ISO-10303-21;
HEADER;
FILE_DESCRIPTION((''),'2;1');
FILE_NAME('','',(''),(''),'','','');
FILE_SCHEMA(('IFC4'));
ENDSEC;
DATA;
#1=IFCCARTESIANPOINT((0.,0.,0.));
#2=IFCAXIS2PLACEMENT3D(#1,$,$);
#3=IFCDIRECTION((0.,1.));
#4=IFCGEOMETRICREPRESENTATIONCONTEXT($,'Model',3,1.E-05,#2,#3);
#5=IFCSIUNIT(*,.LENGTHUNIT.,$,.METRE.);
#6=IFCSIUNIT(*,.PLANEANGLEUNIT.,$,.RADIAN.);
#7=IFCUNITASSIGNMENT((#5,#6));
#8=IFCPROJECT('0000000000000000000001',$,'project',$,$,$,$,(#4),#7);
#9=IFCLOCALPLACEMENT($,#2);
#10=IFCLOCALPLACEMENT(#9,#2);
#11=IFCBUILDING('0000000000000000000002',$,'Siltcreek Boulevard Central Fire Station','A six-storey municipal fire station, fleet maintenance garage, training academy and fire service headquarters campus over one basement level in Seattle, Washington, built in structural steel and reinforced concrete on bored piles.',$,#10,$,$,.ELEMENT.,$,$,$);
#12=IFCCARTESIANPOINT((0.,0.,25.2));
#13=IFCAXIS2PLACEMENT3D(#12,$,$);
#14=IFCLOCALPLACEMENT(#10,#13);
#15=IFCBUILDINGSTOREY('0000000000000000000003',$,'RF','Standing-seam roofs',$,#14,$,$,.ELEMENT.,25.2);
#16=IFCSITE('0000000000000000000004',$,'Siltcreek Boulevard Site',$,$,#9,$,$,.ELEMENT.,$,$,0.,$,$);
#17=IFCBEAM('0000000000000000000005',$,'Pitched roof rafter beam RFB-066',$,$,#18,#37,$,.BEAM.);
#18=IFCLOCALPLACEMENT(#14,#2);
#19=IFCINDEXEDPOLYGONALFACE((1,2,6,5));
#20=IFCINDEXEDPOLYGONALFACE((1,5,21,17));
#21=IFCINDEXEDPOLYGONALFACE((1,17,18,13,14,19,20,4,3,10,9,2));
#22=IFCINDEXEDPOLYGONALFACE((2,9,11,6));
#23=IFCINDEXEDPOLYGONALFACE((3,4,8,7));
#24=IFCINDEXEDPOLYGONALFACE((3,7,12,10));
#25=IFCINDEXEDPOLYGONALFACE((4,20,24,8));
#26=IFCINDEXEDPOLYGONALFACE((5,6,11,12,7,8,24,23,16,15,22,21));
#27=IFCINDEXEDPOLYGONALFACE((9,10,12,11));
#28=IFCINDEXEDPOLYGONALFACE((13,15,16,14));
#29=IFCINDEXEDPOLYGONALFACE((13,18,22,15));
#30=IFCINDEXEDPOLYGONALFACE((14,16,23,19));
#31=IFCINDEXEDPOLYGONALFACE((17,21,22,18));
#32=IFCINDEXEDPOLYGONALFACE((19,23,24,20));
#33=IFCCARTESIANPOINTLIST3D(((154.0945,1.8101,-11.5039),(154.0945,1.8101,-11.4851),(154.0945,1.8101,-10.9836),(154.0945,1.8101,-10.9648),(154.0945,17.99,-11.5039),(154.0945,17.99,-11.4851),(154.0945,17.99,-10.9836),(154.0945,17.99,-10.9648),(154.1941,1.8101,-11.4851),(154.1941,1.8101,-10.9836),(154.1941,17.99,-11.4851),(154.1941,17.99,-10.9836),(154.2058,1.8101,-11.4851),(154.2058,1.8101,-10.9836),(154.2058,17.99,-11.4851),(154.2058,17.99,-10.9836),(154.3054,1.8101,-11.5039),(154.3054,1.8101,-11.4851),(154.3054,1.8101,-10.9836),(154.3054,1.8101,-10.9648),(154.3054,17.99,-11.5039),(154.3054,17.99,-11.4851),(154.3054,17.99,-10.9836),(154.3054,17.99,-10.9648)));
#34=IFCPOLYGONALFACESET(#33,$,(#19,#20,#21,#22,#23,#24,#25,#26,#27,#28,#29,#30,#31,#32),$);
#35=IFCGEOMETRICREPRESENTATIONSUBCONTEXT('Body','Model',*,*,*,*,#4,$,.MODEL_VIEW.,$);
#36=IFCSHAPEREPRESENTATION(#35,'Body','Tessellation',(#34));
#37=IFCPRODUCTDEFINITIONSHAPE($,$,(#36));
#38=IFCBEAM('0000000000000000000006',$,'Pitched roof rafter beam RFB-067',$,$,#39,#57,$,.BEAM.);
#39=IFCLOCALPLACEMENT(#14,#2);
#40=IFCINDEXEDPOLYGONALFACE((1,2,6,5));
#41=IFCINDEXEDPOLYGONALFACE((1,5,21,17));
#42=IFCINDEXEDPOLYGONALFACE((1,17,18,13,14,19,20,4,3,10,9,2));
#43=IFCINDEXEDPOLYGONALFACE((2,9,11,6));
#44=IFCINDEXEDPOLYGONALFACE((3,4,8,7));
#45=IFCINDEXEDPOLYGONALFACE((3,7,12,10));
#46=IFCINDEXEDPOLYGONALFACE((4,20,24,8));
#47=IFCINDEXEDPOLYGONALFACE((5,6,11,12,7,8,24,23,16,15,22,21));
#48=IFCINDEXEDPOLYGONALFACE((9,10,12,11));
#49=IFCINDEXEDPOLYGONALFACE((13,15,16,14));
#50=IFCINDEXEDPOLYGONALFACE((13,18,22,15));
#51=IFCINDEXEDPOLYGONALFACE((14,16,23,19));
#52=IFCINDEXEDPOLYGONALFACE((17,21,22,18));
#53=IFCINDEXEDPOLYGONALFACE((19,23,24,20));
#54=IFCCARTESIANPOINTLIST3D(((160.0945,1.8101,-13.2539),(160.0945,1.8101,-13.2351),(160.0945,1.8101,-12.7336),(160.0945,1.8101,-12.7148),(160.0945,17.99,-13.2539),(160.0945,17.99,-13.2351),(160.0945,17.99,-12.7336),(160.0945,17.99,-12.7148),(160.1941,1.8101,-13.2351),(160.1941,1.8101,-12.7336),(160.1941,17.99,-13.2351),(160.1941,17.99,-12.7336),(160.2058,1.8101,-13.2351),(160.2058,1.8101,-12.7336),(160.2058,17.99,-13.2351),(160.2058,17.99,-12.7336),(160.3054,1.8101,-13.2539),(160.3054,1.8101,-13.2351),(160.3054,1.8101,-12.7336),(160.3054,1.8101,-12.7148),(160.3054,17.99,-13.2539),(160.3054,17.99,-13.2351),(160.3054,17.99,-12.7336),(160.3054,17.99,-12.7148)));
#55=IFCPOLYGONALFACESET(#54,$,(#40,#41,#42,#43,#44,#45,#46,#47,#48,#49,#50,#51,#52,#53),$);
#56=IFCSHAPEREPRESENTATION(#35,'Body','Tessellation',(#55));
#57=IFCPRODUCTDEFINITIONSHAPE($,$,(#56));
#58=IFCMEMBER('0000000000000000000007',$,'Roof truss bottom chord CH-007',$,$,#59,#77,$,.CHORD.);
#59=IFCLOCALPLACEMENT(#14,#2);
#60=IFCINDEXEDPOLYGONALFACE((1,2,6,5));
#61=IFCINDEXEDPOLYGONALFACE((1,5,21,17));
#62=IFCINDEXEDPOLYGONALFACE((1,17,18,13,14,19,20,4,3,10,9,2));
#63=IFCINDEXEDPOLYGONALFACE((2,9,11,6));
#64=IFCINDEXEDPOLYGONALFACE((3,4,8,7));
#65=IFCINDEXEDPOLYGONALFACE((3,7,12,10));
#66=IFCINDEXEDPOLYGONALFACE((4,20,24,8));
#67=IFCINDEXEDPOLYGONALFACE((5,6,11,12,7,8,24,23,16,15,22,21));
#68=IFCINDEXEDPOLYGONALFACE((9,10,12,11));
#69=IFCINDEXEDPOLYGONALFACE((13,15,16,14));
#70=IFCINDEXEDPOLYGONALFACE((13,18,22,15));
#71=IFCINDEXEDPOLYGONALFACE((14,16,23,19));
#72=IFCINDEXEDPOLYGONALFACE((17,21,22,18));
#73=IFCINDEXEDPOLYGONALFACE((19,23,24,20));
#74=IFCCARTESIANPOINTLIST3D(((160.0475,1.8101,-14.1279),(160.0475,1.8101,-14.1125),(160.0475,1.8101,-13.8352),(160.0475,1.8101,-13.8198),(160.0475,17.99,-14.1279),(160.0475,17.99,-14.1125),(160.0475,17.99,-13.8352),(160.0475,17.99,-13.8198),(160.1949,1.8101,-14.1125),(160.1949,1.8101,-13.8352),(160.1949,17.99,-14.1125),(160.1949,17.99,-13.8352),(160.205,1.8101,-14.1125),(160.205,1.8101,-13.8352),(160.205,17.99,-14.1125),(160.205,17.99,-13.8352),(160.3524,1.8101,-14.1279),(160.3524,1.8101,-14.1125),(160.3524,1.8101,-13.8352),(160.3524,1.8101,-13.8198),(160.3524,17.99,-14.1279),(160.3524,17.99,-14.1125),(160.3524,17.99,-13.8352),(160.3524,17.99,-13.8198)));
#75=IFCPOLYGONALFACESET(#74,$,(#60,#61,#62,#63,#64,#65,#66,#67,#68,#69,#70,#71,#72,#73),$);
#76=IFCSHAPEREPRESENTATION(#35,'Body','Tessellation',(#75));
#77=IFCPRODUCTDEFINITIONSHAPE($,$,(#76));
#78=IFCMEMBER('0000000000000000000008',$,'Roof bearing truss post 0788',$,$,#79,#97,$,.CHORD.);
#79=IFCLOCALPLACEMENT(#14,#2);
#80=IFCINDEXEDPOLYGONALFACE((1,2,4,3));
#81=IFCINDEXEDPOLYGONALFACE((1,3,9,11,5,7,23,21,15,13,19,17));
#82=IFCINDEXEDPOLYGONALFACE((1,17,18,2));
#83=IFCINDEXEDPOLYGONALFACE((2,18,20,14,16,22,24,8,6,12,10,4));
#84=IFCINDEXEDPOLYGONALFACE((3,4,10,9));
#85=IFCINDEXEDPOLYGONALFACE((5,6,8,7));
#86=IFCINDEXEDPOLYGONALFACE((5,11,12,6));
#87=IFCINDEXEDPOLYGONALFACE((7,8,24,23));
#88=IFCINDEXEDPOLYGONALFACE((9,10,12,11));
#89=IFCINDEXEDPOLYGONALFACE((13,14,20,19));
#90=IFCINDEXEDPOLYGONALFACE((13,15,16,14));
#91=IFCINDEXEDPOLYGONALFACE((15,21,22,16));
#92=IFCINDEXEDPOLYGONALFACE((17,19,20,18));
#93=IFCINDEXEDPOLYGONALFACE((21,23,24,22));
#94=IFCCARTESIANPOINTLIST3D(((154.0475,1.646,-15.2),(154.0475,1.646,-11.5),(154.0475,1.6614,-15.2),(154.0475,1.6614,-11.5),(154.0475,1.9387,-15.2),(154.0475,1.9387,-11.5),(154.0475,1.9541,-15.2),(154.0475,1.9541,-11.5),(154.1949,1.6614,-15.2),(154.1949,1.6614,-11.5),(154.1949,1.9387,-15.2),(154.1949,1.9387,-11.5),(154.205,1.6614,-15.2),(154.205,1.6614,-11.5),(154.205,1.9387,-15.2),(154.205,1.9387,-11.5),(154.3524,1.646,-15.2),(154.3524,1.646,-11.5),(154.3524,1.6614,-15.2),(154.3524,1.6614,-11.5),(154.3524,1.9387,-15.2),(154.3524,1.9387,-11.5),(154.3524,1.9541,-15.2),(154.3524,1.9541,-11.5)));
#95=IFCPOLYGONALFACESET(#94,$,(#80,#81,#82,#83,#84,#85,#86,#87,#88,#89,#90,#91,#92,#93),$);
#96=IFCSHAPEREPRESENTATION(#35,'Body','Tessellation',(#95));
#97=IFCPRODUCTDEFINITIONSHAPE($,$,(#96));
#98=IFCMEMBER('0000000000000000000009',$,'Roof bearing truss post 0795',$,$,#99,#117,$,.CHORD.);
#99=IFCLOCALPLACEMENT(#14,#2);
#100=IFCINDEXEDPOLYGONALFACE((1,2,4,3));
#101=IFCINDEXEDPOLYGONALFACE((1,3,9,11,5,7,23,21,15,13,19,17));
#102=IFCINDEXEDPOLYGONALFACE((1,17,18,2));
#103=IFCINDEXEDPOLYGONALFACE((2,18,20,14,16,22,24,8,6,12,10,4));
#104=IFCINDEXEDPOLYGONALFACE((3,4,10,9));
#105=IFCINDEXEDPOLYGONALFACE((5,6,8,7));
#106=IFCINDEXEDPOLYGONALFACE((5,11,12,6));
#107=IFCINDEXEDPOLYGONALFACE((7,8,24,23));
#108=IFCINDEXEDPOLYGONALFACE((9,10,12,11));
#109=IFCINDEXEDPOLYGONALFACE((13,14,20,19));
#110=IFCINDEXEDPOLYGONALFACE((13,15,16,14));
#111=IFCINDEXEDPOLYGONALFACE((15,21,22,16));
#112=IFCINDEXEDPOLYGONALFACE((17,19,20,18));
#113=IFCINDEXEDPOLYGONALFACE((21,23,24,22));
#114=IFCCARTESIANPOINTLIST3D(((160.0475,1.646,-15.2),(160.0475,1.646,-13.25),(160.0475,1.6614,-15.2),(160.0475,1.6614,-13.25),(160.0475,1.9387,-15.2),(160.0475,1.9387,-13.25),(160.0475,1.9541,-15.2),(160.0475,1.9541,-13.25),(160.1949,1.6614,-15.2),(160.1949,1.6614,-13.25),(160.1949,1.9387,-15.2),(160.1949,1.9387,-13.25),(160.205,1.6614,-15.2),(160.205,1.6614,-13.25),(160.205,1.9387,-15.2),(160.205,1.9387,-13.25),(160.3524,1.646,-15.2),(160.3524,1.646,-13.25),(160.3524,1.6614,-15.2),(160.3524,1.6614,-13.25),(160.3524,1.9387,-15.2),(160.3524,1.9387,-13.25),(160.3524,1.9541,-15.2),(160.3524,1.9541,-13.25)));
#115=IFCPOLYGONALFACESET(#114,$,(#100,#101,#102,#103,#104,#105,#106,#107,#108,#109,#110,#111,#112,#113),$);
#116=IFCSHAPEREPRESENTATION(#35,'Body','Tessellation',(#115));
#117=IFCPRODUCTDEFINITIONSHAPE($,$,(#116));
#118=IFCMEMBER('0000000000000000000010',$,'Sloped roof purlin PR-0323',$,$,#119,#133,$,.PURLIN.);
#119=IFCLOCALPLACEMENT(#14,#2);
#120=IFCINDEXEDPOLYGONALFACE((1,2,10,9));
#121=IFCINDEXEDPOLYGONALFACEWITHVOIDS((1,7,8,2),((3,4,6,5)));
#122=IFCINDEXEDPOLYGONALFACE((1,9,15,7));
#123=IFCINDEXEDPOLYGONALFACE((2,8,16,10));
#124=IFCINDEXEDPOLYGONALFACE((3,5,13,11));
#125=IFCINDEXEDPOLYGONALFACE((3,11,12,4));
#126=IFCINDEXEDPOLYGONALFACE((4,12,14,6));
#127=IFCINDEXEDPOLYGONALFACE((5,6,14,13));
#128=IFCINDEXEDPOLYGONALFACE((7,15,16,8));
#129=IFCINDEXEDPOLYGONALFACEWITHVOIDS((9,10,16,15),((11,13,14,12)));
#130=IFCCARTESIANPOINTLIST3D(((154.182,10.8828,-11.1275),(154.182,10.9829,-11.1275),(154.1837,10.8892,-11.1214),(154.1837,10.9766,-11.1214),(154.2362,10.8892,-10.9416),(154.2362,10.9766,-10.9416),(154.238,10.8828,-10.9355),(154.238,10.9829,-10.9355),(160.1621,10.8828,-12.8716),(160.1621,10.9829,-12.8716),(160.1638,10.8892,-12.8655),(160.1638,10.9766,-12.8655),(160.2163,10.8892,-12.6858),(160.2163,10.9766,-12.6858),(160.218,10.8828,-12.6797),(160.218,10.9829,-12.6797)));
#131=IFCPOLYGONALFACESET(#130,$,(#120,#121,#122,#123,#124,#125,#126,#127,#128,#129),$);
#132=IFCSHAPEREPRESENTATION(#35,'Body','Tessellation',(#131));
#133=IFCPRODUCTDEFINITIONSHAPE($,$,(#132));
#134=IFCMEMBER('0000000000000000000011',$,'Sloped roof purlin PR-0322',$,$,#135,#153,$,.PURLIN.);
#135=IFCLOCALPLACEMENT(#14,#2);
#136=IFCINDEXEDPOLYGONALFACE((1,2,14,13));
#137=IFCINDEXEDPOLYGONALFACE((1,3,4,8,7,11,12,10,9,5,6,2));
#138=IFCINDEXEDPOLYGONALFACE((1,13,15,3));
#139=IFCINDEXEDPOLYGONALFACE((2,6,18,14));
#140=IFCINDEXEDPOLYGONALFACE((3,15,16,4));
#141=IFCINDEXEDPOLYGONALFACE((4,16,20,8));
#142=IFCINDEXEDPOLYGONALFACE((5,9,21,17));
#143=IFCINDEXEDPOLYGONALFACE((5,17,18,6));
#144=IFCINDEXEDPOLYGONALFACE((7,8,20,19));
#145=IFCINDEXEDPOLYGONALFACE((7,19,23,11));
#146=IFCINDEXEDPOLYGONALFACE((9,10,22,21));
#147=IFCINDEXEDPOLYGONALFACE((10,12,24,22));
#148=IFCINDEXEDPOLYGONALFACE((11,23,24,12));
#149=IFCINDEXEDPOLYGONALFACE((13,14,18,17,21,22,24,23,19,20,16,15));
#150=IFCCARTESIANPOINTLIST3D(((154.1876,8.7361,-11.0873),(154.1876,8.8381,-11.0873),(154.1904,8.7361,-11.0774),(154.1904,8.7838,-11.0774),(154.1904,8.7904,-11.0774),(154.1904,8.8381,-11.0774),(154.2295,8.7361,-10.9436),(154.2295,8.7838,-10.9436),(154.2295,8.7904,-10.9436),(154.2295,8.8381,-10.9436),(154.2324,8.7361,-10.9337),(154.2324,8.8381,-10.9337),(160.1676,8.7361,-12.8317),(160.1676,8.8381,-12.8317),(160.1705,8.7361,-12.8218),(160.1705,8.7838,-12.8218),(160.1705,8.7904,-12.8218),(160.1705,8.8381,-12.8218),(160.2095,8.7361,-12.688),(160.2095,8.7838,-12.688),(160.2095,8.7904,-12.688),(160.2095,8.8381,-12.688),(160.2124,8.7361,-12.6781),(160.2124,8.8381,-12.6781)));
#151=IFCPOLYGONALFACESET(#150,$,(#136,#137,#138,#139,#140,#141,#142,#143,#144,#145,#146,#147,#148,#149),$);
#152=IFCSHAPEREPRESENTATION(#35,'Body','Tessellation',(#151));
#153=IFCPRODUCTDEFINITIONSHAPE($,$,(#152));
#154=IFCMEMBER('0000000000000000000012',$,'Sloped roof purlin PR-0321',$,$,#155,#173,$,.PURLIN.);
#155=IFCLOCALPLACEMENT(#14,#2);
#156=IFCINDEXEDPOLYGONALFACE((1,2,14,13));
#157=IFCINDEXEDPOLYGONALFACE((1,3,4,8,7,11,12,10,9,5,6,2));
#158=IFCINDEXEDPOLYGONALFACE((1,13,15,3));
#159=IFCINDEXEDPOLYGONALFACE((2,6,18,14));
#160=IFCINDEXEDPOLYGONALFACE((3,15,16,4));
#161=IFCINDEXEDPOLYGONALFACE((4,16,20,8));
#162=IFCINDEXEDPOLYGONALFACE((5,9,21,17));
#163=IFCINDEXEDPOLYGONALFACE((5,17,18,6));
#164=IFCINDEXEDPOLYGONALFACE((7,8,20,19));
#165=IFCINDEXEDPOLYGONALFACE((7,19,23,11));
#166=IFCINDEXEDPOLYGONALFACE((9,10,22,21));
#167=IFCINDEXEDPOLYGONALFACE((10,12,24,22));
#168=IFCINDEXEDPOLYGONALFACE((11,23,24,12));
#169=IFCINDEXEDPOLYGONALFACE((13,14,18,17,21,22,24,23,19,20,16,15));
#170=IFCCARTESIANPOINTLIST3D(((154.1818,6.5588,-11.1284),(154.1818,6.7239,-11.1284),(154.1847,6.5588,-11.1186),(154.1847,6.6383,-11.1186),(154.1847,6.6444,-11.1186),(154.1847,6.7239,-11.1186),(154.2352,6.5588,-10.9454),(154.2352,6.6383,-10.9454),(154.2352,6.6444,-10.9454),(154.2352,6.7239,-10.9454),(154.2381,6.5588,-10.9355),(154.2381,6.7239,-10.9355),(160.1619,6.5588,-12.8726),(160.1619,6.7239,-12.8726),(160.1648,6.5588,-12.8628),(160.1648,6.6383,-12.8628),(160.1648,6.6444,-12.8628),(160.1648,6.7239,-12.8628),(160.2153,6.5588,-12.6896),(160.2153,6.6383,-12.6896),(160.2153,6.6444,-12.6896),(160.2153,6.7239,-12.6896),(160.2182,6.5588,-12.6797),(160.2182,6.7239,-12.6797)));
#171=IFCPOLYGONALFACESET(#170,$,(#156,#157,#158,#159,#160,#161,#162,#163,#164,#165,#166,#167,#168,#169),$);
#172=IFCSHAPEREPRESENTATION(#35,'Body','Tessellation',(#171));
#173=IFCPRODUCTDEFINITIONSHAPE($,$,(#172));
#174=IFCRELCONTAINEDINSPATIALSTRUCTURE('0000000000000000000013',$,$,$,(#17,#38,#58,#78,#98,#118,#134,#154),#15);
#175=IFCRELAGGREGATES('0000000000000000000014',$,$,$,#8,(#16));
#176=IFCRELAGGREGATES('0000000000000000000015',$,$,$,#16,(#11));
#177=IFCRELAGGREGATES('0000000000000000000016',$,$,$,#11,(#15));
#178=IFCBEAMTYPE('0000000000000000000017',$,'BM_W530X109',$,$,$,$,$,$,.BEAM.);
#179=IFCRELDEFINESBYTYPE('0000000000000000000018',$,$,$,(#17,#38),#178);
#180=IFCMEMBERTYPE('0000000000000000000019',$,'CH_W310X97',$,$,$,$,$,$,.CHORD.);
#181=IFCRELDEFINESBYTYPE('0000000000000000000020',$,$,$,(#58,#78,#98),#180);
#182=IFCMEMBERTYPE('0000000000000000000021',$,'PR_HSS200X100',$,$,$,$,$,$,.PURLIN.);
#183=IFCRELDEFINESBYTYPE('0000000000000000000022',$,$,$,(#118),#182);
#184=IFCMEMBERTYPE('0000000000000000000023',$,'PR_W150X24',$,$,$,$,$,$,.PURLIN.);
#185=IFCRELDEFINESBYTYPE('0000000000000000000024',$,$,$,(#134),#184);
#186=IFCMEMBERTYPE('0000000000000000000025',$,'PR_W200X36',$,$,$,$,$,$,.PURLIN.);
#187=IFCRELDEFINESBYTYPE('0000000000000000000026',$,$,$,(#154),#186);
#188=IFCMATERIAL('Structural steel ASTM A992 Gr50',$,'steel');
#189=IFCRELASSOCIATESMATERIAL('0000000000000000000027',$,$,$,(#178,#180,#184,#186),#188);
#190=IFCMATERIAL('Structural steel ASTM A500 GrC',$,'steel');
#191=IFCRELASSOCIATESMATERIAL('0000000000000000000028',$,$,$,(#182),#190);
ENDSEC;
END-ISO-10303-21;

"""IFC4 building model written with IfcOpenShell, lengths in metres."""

from ifc_helpers import new_model, si_unit, direction, frame, origin, origin_2d, place, context, subcontext, project, spatial, hollow_rectangle, i_section, extrude, material, material_profile, profile_set, type_object, element, save


model = new_model("IFC4")

# Units and contexts
model_context = context("Model", 3, precision=1e-05, world=origin(), true_north=direction((0.0, 1.0)))
body_context = subcontext(model_context, "Body", "Model", "MODEL_VIEW")
ifc_project = project(units=[si_unit("LENGTHUNIT", "METRE"), si_unit("PLANEANGLEUNIT", "RADIAN")], contexts=[model_context])

# Site, building, storey
site_placement = place(None, origin())
site = spatial("IfcSite", under=ifc_project, at=site_placement, Name="Siltcreek Boulevard Site", CompositionType="ELEMENT", RefElevation=0.0)
building_placement = place(site_placement, origin())
building = spatial("IfcBuilding", under=site, at=building_placement, Name="Siltcreek Boulevard Central Fire Station", Description="A six-storey municipal fire station, fleet maintenance garage, training academy and fire service headquarters campus over one basement level in Seattle, Washington, built in structural steel and reinforced concrete on bored piles.", CompositionType="ELEMENT")
storey_placement = place(building_placement, frame((0.0, 0.0, 25.2)))
storey = spatial("IfcBuildingStorey", under=building, at=storey_placement, Name="RF", Description="Standing-seam roofs", CompositionType="ELEMENT", Elevation=25.2)

# Beams
ifc_material_1 = material(Name="Structural steel ASTM A992 Gr50", Category="steel")
ifc_material_profile_1 = material_profile(ifc_material_1, i_section(OverallWidth=0.2109, OverallDepth=0.5391, WebThickness=0.0117, FlangeThickness=0.0188, at=origin_2d()), Name="W530X109")
ifc_profile_set_1 = profile_set([ifc_material_profile_1], Name="Structural steel ASTM A992 Gr50")
beam_type = type_object("IfcBeamType", Name="BM_W530X109", PredefinedType="BEAM", material=ifc_profile_set_1)
for number, where, z_axis, x_axis, name in (
    (1, (154.2, 1.8101, -11.2344), (0.0, 1.0, 0.0), (-1.0, 0.0, 0.0), "Pitched roof rafter beam RFB-066"),
    (2, (160.2, 1.8101, -12.9844), (0.0, 1.0, 0.0), (-1.0, 0.0, 0.0), "Pitched roof rafter beam RFB-067"),
):
    element("IfcBeam", number, at=place(storey_placement, frame(where, z_axis=z_axis, x_axis=x_axis)), inside=storey, type_object=beam_type, Name=name, PredefinedType="BEAM", context=body_context, shape_type="SweptSolid", body=[
        extrude(i_section(OverallWidth=0.2109, OverallDepth=0.5391, WebThickness=0.0117, FlangeThickness=0.0188, at=origin_2d()), origin(), (0.0, 0.0, 1.0), 16.1799),
    ])

# Members
ifc_material_profile_2 = material_profile(ifc_material_1, i_section(OverallWidth=0.3049, OverallDepth=0.3081, WebThickness=0.01, FlangeThickness=0.0154, at=origin_2d()), Name="W310X97")
ifc_profile_set_2 = profile_set([ifc_material_profile_2], Name="Structural steel ASTM A992 Gr50")
member_type_1 = type_object("IfcMemberType", Name="CH_W310X97", PredefinedType="CHORD", material=ifc_profile_set_2)
member_1_placement = place(storey_placement, frame((160.2, 1.8101, -13.9739), z_axis=(0.0, 1.0, 0.0), x_axis=(-1.0, 0.0, 0.0)))
element("IfcMember", 3, at=member_1_placement, inside=storey, type_object=member_type_1, Name="Roof truss bottom chord CH-007", PredefinedType="CHORD", context=body_context, shape_type="SweptSolid", body=[
    extrude(i_section(OverallWidth=0.3049, OverallDepth=0.3081, WebThickness=0.01, FlangeThickness=0.0154, at=origin_2d()), origin(), (0.0, 0.0, 1.0), 16.1799),
])
member_2_placement = place(storey_placement, frame((154.2, 1.8, -15.2), z_axis=(0.0, 0.0, 1.0), x_axis=(1.0, 0.0, 0.0)))
element("IfcMember", 4, at=member_2_placement, inside=storey, type_object=member_type_1, Name="Roof bearing truss post 0788", PredefinedType="CHORD", context=body_context, shape_type="SweptSolid", body=[
    extrude(i_section(OverallWidth=0.3049, OverallDepth=0.3081, WebThickness=0.01, FlangeThickness=0.0154, at=origin_2d()), origin(), (0.0, 0.0, 1.0), 3.7),
])
member_3_placement = place(storey_placement, frame((160.2, 1.8, -15.2), z_axis=(0.0, 0.0, 1.0), x_axis=(1.0, 0.0, 0.0)))
element("IfcMember", 5, at=member_3_placement, inside=storey, type_object=member_type_1, Name="Roof bearing truss post 0795", PredefinedType="CHORD", context=body_context, shape_type="SweptSolid", body=[
    extrude(i_section(OverallWidth=0.3049, OverallDepth=0.3081, WebThickness=0.01, FlangeThickness=0.0154, at=origin_2d()), origin(), (0.0, 0.0, 1.0), 1.95),
])
ifc_material_2 = material(Name="Structural steel ASTM A500 GrC", Category="steel")
ifc_material_profile_3 = material_profile(ifc_material_2, hollow_rectangle(XDim=0.1001, YDim=0.2, WallThickness=0.0063, at=origin_2d()), Name="HSS200X100X6.4")
ifc_profile_set_3 = profile_set([ifc_material_profile_3], Name="Structural steel ASTM A500 GrC")
member_type_2 = type_object("IfcMemberType", Name="PR_HSS200X100", PredefinedType="PURLIN", material=ifc_profile_set_3)
member_4_placement = place(storey_placement, frame((154.21, 10.9329, -11.0315), z_axis=(0.960001, 0.0, -0.279997), x_axis=(0.0, 1.0, 0.0)))
element("IfcMember", 6, at=member_4_placement, inside=storey, type_object=member_type_2, Name="Sloped roof purlin PR-0323", PredefinedType="PURLIN", context=body_context, shape_type="SweptSolid", body=[
    extrude(hollow_rectangle(XDim=0.1001, YDim=0.2, WallThickness=0.0063, at=origin_2d()), origin(), (0.0, 0.0, 1.0), 6.2292),
])
ifc_material_profile_4 = material_profile(ifc_material_1, i_section(OverallWidth=0.1021, OverallDepth=0.1599, WebThickness=0.0066, FlangeThickness=0.0103, at=origin_2d()), Name="W150X24")
ifc_profile_set_4 = profile_set([ifc_material_profile_4], Name="Structural steel ASTM A992 Gr50")
member_type_3 = type_object("IfcMemberType", Name="PR_W150X24", PredefinedType="PURLIN", material=ifc_profile_set_4)
member_5_placement = place(storey_placement, frame((154.21, 8.7871, -11.0105), z_axis=(0.95999, 0.0, -0.280033), x_axis=(0.0, 1.0, 0.0)))
element("IfcMember", 7, at=member_5_placement, inside=storey, type_object=member_type_3, Name="Sloped roof purlin PR-0322", PredefinedType="PURLIN", context=body_context, shape_type="SweptSolid", body=[
    extrude(i_section(OverallWidth=0.1021, OverallDepth=0.1599, WebThickness=0.0066, FlangeThickness=0.0103, at=origin_2d()), origin(), (0.0, 0.0, 1.0), 6.2292),
])
ifc_material_profile_5 = material_profile(ifc_material_1, i_section(OverallWidth=0.165, OverallDepth=0.2009, WebThickness=0.0061, FlangeThickness=0.0103, at=origin_2d()), Name="W200X36")
ifc_profile_set_5 = profile_set([ifc_material_profile_5], Name="Structural steel ASTM A992 Gr50")
member_type_4 = type_object("IfcMemberType", Name="PR_W200X36", PredefinedType="PURLIN", material=ifc_profile_set_5)
member_6_placement = place(storey_placement, frame((154.21, 6.6414, -11.032), z_axis=(0.960001, 0.0, -0.279997), x_axis=(0.0, 1.0, 0.0)))
element("IfcMember", 8, at=member_6_placement, inside=storey, type_object=member_type_4, Name="Sloped roof purlin PR-0321", PredefinedType="PURLIN", context=body_context, shape_type="SweptSolid", body=[
    extrude(i_section(OverallWidth=0.165, OverallDepth=0.2009, WebThickness=0.0061, FlangeThickness=0.0103, at=origin_2d()), origin(), (0.0, 0.0, 1.0), 6.2292),
])

save(model, "model.ifc")
